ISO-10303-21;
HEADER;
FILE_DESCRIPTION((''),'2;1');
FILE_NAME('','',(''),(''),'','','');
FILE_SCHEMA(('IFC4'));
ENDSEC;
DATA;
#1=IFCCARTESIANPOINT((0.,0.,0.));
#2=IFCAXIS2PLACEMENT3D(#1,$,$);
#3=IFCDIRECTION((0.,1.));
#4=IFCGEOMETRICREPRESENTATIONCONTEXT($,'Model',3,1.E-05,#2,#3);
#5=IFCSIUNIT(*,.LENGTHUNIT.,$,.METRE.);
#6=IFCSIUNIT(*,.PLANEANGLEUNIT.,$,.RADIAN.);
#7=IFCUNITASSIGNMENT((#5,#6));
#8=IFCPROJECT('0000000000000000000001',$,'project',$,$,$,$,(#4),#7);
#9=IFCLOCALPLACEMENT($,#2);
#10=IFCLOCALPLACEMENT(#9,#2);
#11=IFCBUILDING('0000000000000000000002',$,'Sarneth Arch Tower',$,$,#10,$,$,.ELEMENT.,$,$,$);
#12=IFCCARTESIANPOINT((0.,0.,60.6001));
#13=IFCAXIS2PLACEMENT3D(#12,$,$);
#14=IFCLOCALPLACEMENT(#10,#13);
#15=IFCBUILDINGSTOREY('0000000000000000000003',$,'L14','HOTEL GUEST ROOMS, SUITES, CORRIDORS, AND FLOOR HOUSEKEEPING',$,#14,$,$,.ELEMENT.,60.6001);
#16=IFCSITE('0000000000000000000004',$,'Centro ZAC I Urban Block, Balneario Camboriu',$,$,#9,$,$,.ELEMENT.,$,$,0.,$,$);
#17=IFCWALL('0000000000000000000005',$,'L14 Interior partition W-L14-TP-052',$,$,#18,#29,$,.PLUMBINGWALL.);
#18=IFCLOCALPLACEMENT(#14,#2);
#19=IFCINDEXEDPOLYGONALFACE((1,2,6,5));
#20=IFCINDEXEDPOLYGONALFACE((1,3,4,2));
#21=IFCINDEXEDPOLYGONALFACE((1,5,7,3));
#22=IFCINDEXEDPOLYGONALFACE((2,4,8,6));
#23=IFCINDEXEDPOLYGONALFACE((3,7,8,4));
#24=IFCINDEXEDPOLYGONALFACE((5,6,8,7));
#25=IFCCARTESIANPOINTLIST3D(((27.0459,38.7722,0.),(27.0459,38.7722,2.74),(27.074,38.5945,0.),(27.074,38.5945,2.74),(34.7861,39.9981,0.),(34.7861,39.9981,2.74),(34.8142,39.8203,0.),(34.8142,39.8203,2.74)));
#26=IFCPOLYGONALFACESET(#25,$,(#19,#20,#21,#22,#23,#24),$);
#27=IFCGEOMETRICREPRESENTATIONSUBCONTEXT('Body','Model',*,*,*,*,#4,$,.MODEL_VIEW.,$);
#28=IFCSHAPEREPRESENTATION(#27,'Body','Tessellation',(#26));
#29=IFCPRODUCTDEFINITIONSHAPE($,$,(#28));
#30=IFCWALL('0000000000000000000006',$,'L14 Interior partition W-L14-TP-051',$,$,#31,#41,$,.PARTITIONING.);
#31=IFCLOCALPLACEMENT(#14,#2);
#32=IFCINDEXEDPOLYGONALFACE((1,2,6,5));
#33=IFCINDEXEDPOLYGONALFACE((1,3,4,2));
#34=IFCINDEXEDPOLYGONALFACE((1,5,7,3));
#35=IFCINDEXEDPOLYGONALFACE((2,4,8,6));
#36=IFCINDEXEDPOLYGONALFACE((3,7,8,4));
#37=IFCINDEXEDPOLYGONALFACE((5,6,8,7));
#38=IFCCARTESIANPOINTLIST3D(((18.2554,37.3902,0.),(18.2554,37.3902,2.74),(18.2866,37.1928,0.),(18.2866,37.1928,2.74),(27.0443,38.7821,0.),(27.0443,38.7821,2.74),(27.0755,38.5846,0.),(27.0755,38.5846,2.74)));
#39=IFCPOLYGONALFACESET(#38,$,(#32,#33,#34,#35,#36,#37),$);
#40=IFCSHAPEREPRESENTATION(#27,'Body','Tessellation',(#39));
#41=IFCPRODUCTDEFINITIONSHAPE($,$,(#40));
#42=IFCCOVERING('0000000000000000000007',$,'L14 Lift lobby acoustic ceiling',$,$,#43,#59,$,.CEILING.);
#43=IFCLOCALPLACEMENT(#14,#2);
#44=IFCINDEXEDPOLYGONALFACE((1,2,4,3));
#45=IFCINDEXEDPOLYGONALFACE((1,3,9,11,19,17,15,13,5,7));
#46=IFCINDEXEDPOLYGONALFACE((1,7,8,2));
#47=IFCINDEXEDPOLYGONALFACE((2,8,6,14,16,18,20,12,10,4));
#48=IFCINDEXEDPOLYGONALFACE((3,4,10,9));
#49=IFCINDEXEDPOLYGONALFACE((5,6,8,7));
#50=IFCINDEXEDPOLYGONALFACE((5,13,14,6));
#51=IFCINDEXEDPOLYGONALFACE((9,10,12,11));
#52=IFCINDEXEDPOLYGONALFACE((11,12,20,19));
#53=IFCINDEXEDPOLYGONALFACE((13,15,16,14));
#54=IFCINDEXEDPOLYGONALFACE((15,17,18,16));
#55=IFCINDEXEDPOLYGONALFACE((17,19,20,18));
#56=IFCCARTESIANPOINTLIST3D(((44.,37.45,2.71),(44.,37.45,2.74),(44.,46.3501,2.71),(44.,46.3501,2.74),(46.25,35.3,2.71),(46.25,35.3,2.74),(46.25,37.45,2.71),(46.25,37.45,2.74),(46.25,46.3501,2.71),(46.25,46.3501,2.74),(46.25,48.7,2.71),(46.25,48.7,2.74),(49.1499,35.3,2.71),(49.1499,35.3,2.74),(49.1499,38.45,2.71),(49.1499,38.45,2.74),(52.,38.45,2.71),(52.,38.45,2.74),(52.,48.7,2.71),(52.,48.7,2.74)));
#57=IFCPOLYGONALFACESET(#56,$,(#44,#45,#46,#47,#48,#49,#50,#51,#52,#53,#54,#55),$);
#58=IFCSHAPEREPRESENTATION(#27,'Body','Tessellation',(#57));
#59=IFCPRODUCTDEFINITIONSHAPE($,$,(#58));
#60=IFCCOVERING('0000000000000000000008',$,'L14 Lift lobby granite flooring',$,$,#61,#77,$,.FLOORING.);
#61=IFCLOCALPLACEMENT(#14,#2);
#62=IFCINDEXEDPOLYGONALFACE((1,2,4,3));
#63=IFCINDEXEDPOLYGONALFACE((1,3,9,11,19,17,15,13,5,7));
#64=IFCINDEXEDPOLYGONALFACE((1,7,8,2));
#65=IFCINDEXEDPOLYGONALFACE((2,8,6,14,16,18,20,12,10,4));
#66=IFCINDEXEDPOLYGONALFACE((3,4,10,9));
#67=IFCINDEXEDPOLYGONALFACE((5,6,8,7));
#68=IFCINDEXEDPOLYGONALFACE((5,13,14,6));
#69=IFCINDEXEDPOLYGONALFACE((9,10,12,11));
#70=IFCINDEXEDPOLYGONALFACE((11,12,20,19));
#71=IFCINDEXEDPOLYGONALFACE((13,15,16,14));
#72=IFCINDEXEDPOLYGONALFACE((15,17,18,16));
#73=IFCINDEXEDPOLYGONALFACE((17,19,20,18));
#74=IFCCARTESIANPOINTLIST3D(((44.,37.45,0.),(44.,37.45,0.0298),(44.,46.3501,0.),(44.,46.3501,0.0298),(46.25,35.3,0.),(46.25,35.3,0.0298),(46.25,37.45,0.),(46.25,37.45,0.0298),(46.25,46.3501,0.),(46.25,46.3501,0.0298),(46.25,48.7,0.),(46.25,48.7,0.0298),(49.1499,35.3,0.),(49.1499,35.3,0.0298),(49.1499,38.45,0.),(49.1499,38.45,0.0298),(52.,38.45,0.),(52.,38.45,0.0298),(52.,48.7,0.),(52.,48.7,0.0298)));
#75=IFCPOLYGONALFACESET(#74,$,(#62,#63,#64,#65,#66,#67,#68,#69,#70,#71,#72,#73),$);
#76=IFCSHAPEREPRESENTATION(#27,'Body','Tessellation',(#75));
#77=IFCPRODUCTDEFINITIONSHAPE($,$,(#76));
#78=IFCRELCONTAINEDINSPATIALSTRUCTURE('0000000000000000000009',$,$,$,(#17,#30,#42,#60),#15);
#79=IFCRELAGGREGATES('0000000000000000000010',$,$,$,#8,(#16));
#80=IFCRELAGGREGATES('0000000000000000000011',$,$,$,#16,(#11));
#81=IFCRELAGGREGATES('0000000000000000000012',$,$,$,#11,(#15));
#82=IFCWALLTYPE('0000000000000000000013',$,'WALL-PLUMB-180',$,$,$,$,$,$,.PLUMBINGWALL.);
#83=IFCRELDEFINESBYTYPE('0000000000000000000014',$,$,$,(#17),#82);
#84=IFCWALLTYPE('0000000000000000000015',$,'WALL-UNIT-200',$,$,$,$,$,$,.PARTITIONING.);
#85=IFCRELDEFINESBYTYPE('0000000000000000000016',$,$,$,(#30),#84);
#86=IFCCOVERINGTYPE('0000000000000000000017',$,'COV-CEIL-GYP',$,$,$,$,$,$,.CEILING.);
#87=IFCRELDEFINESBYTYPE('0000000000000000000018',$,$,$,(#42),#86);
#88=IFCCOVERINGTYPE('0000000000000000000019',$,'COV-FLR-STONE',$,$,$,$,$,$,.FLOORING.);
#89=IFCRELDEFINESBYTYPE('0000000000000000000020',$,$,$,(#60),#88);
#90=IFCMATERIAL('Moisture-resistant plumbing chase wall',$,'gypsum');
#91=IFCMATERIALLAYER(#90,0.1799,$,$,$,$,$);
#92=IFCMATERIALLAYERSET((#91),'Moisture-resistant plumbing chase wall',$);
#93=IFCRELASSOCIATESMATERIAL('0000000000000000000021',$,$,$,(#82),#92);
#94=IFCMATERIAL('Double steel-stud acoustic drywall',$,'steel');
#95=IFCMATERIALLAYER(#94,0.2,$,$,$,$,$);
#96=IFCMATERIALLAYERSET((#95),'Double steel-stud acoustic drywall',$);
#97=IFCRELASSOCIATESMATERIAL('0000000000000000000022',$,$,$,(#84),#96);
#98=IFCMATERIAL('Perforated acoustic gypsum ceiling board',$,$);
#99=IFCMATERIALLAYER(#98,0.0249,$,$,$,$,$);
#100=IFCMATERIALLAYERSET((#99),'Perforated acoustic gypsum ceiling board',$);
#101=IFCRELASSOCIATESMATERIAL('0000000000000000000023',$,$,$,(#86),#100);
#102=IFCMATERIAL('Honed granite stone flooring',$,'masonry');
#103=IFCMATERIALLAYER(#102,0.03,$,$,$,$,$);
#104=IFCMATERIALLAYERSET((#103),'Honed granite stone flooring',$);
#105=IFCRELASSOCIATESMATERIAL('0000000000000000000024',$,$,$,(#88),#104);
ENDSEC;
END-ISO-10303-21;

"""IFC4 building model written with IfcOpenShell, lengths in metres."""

from ifc_helpers import new_model, si_unit, direction, frame, frame_2d, origin, place, context, subcontext, project, spatial, polyline, rectangle, outline, extrude, material, layer, layer_set, type_object, element, save


model = new_model("IFC4")

# Units and contexts
model_context = context("Model", 3, precision=1e-05, world=origin(), true_north=direction((0.0, 1.0)))
body_context = subcontext(model_context, "Body", "Model", "MODEL_VIEW")
ifc_project = project(units=[si_unit("LENGTHUNIT", "METRE"), si_unit("PLANEANGLEUNIT", "RADIAN")], contexts=[model_context])

# Site, building, storey
site_placement = place(None, origin())
site = spatial("IfcSite", under=ifc_project, at=site_placement, Name="Centro ZAC I Urban Block, Balneario Camboriu", CompositionType="ELEMENT", RefElevation=0.0)
building_placement = place(site_placement, origin())
building = spatial("IfcBuilding", under=site, at=building_placement, Name="Sarneth Arch Tower", CompositionType="ELEMENT")
storey_placement = place(building_placement, frame((0.0, 0.0, 60.6001)))
storey = spatial("IfcBuildingStorey", under=building, at=storey_placement, Name="L14", Description="HOTEL GUEST ROOMS, SUITES, CORRIDORS, AND FLOOR HOUSEKEEPING", CompositionType="ELEMENT", Elevation=60.6001)

# Walls
ifc_material_1 = material(Name="Moisture-resistant plumbing chase wall", Category="gypsum")
ifc_layer_1 = layer(ifc_material_1, 0.1799)
ifc_layer_set_1 = layer_set([ifc_layer_1], Name="Moisture-resistant plumbing chase wall")
wall_type_1 = type_object("IfcWallType", Name="WALL-PLUMB-180", PredefinedType="PLUMBINGWALL", material=ifc_layer_set_1)
wall_1_placement = place(storey_placement, frame((27.0598, 38.6833, 0.0), z_axis=(0.0, 0.0, 1.0), x_axis=(0.98769, 0.156422, 0.0)))
element("IfcWall", 1, at=wall_1_placement, inside=storey, type_object=wall_type_1, Name="L14 Interior partition W-L14-TP-052", PredefinedType="PLUMBINGWALL", context=body_context, shape_type="SweptSolid", body=[
    extrude(rectangle(XDim=7.8367, YDim=0.1799, at=frame_2d((3.9185, 0.0))), origin(), (0.0, 0.0, 1.0), 2.74),
])
ifc_material_2 = material(Name="Double steel-stud acoustic drywall", Category="steel")
ifc_layer_2 = layer(ifc_material_2, 0.2)
ifc_layer_set_2 = layer_set([ifc_layer_2], Name="Double steel-stud acoustic drywall")
wall_type_2 = type_object("IfcWallType", Name="WALL-UNIT-200", PredefinedType="PARTITIONING", material=ifc_layer_set_2)
wall_2_placement = place(storey_placement, frame((18.271, 37.2915, 0.0), z_axis=(0.0, 0.0, 1.0), x_axis=(0.987691, 0.156416, 0.0)))
element("IfcWall", 2, at=wall_2_placement, inside=storey, type_object=wall_type_2, Name="L14 Interior partition W-L14-TP-051", PredefinedType="PARTITIONING", context=body_context, shape_type="SweptSolid", body=[
    extrude(rectangle(XDim=8.8984, YDim=0.2, at=frame_2d((4.4492, 0.0))), origin(), (0.0, 0.0, 1.0), 2.74),
])

# Coverings
ifc_material_3 = material(Name="Perforated acoustic gypsum ceiling board")
ifc_layer_3 = layer(ifc_material_3, 0.0249)
ifc_layer_set_3 = layer_set([ifc_layer_3], Name="Perforated acoustic gypsum ceiling board")
covering_type_1 = type_object("IfcCoveringType", Name="COV-CEIL-GYP", PredefinedType="CEILING", material=ifc_layer_set_3)
covering_1_placement = place(storey_placement, frame((0.0, 0.0, 2.71)))
element("IfcCovering", 3, at=covering_1_placement, inside=storey, type_object=covering_type_1, Name="L14 Lift lobby acoustic ceiling", PredefinedType="CEILING", context=body_context, shape_type="SweptSolid", body=[
    extrude(outline(polyline([(49.1499, 38.45), (49.1499, 35.3), (46.25, 35.3), (46.25, 37.45), (44.0, 37.45), (44.0, 46.3501), (46.25, 46.3501), (46.25, 48.7), (52.0, 48.7), (52.0, 38.45), (49.1499, 38.45)])), origin(), (0.0, 0.0, 1.0), 0.03),
])
ifc_material_4 = material(Name="Honed granite stone flooring", Category="masonry")
ifc_layer_4 = layer(ifc_material_4, 0.03)
ifc_layer_set_4 = layer_set([ifc_layer_4], Name="Honed granite stone flooring")
covering_type_2 = type_object("IfcCoveringType", Name="COV-FLR-STONE", PredefinedType="FLOORING", material=ifc_layer_set_4)
covering_2_placement = place(storey_placement, origin())
element("IfcCovering", 4, at=covering_2_placement, inside=storey, type_object=covering_type_2, Name="L14 Lift lobby granite flooring", PredefinedType="FLOORING", context=body_context, shape_type="SweptSolid", body=[
    extrude(outline(polyline([(49.1499, 38.45), (49.1499, 35.3), (46.25, 35.3), (46.25, 37.45), (44.0, 37.45), (44.0, 46.3501), (46.25, 46.3501), (46.25, 48.7), (52.0, 48.7), (52.0, 38.45), (49.1499, 38.45)])), origin(), (0.0, 0.0, 1.0), 0.0298),
])

save(model, "model.ifc")
